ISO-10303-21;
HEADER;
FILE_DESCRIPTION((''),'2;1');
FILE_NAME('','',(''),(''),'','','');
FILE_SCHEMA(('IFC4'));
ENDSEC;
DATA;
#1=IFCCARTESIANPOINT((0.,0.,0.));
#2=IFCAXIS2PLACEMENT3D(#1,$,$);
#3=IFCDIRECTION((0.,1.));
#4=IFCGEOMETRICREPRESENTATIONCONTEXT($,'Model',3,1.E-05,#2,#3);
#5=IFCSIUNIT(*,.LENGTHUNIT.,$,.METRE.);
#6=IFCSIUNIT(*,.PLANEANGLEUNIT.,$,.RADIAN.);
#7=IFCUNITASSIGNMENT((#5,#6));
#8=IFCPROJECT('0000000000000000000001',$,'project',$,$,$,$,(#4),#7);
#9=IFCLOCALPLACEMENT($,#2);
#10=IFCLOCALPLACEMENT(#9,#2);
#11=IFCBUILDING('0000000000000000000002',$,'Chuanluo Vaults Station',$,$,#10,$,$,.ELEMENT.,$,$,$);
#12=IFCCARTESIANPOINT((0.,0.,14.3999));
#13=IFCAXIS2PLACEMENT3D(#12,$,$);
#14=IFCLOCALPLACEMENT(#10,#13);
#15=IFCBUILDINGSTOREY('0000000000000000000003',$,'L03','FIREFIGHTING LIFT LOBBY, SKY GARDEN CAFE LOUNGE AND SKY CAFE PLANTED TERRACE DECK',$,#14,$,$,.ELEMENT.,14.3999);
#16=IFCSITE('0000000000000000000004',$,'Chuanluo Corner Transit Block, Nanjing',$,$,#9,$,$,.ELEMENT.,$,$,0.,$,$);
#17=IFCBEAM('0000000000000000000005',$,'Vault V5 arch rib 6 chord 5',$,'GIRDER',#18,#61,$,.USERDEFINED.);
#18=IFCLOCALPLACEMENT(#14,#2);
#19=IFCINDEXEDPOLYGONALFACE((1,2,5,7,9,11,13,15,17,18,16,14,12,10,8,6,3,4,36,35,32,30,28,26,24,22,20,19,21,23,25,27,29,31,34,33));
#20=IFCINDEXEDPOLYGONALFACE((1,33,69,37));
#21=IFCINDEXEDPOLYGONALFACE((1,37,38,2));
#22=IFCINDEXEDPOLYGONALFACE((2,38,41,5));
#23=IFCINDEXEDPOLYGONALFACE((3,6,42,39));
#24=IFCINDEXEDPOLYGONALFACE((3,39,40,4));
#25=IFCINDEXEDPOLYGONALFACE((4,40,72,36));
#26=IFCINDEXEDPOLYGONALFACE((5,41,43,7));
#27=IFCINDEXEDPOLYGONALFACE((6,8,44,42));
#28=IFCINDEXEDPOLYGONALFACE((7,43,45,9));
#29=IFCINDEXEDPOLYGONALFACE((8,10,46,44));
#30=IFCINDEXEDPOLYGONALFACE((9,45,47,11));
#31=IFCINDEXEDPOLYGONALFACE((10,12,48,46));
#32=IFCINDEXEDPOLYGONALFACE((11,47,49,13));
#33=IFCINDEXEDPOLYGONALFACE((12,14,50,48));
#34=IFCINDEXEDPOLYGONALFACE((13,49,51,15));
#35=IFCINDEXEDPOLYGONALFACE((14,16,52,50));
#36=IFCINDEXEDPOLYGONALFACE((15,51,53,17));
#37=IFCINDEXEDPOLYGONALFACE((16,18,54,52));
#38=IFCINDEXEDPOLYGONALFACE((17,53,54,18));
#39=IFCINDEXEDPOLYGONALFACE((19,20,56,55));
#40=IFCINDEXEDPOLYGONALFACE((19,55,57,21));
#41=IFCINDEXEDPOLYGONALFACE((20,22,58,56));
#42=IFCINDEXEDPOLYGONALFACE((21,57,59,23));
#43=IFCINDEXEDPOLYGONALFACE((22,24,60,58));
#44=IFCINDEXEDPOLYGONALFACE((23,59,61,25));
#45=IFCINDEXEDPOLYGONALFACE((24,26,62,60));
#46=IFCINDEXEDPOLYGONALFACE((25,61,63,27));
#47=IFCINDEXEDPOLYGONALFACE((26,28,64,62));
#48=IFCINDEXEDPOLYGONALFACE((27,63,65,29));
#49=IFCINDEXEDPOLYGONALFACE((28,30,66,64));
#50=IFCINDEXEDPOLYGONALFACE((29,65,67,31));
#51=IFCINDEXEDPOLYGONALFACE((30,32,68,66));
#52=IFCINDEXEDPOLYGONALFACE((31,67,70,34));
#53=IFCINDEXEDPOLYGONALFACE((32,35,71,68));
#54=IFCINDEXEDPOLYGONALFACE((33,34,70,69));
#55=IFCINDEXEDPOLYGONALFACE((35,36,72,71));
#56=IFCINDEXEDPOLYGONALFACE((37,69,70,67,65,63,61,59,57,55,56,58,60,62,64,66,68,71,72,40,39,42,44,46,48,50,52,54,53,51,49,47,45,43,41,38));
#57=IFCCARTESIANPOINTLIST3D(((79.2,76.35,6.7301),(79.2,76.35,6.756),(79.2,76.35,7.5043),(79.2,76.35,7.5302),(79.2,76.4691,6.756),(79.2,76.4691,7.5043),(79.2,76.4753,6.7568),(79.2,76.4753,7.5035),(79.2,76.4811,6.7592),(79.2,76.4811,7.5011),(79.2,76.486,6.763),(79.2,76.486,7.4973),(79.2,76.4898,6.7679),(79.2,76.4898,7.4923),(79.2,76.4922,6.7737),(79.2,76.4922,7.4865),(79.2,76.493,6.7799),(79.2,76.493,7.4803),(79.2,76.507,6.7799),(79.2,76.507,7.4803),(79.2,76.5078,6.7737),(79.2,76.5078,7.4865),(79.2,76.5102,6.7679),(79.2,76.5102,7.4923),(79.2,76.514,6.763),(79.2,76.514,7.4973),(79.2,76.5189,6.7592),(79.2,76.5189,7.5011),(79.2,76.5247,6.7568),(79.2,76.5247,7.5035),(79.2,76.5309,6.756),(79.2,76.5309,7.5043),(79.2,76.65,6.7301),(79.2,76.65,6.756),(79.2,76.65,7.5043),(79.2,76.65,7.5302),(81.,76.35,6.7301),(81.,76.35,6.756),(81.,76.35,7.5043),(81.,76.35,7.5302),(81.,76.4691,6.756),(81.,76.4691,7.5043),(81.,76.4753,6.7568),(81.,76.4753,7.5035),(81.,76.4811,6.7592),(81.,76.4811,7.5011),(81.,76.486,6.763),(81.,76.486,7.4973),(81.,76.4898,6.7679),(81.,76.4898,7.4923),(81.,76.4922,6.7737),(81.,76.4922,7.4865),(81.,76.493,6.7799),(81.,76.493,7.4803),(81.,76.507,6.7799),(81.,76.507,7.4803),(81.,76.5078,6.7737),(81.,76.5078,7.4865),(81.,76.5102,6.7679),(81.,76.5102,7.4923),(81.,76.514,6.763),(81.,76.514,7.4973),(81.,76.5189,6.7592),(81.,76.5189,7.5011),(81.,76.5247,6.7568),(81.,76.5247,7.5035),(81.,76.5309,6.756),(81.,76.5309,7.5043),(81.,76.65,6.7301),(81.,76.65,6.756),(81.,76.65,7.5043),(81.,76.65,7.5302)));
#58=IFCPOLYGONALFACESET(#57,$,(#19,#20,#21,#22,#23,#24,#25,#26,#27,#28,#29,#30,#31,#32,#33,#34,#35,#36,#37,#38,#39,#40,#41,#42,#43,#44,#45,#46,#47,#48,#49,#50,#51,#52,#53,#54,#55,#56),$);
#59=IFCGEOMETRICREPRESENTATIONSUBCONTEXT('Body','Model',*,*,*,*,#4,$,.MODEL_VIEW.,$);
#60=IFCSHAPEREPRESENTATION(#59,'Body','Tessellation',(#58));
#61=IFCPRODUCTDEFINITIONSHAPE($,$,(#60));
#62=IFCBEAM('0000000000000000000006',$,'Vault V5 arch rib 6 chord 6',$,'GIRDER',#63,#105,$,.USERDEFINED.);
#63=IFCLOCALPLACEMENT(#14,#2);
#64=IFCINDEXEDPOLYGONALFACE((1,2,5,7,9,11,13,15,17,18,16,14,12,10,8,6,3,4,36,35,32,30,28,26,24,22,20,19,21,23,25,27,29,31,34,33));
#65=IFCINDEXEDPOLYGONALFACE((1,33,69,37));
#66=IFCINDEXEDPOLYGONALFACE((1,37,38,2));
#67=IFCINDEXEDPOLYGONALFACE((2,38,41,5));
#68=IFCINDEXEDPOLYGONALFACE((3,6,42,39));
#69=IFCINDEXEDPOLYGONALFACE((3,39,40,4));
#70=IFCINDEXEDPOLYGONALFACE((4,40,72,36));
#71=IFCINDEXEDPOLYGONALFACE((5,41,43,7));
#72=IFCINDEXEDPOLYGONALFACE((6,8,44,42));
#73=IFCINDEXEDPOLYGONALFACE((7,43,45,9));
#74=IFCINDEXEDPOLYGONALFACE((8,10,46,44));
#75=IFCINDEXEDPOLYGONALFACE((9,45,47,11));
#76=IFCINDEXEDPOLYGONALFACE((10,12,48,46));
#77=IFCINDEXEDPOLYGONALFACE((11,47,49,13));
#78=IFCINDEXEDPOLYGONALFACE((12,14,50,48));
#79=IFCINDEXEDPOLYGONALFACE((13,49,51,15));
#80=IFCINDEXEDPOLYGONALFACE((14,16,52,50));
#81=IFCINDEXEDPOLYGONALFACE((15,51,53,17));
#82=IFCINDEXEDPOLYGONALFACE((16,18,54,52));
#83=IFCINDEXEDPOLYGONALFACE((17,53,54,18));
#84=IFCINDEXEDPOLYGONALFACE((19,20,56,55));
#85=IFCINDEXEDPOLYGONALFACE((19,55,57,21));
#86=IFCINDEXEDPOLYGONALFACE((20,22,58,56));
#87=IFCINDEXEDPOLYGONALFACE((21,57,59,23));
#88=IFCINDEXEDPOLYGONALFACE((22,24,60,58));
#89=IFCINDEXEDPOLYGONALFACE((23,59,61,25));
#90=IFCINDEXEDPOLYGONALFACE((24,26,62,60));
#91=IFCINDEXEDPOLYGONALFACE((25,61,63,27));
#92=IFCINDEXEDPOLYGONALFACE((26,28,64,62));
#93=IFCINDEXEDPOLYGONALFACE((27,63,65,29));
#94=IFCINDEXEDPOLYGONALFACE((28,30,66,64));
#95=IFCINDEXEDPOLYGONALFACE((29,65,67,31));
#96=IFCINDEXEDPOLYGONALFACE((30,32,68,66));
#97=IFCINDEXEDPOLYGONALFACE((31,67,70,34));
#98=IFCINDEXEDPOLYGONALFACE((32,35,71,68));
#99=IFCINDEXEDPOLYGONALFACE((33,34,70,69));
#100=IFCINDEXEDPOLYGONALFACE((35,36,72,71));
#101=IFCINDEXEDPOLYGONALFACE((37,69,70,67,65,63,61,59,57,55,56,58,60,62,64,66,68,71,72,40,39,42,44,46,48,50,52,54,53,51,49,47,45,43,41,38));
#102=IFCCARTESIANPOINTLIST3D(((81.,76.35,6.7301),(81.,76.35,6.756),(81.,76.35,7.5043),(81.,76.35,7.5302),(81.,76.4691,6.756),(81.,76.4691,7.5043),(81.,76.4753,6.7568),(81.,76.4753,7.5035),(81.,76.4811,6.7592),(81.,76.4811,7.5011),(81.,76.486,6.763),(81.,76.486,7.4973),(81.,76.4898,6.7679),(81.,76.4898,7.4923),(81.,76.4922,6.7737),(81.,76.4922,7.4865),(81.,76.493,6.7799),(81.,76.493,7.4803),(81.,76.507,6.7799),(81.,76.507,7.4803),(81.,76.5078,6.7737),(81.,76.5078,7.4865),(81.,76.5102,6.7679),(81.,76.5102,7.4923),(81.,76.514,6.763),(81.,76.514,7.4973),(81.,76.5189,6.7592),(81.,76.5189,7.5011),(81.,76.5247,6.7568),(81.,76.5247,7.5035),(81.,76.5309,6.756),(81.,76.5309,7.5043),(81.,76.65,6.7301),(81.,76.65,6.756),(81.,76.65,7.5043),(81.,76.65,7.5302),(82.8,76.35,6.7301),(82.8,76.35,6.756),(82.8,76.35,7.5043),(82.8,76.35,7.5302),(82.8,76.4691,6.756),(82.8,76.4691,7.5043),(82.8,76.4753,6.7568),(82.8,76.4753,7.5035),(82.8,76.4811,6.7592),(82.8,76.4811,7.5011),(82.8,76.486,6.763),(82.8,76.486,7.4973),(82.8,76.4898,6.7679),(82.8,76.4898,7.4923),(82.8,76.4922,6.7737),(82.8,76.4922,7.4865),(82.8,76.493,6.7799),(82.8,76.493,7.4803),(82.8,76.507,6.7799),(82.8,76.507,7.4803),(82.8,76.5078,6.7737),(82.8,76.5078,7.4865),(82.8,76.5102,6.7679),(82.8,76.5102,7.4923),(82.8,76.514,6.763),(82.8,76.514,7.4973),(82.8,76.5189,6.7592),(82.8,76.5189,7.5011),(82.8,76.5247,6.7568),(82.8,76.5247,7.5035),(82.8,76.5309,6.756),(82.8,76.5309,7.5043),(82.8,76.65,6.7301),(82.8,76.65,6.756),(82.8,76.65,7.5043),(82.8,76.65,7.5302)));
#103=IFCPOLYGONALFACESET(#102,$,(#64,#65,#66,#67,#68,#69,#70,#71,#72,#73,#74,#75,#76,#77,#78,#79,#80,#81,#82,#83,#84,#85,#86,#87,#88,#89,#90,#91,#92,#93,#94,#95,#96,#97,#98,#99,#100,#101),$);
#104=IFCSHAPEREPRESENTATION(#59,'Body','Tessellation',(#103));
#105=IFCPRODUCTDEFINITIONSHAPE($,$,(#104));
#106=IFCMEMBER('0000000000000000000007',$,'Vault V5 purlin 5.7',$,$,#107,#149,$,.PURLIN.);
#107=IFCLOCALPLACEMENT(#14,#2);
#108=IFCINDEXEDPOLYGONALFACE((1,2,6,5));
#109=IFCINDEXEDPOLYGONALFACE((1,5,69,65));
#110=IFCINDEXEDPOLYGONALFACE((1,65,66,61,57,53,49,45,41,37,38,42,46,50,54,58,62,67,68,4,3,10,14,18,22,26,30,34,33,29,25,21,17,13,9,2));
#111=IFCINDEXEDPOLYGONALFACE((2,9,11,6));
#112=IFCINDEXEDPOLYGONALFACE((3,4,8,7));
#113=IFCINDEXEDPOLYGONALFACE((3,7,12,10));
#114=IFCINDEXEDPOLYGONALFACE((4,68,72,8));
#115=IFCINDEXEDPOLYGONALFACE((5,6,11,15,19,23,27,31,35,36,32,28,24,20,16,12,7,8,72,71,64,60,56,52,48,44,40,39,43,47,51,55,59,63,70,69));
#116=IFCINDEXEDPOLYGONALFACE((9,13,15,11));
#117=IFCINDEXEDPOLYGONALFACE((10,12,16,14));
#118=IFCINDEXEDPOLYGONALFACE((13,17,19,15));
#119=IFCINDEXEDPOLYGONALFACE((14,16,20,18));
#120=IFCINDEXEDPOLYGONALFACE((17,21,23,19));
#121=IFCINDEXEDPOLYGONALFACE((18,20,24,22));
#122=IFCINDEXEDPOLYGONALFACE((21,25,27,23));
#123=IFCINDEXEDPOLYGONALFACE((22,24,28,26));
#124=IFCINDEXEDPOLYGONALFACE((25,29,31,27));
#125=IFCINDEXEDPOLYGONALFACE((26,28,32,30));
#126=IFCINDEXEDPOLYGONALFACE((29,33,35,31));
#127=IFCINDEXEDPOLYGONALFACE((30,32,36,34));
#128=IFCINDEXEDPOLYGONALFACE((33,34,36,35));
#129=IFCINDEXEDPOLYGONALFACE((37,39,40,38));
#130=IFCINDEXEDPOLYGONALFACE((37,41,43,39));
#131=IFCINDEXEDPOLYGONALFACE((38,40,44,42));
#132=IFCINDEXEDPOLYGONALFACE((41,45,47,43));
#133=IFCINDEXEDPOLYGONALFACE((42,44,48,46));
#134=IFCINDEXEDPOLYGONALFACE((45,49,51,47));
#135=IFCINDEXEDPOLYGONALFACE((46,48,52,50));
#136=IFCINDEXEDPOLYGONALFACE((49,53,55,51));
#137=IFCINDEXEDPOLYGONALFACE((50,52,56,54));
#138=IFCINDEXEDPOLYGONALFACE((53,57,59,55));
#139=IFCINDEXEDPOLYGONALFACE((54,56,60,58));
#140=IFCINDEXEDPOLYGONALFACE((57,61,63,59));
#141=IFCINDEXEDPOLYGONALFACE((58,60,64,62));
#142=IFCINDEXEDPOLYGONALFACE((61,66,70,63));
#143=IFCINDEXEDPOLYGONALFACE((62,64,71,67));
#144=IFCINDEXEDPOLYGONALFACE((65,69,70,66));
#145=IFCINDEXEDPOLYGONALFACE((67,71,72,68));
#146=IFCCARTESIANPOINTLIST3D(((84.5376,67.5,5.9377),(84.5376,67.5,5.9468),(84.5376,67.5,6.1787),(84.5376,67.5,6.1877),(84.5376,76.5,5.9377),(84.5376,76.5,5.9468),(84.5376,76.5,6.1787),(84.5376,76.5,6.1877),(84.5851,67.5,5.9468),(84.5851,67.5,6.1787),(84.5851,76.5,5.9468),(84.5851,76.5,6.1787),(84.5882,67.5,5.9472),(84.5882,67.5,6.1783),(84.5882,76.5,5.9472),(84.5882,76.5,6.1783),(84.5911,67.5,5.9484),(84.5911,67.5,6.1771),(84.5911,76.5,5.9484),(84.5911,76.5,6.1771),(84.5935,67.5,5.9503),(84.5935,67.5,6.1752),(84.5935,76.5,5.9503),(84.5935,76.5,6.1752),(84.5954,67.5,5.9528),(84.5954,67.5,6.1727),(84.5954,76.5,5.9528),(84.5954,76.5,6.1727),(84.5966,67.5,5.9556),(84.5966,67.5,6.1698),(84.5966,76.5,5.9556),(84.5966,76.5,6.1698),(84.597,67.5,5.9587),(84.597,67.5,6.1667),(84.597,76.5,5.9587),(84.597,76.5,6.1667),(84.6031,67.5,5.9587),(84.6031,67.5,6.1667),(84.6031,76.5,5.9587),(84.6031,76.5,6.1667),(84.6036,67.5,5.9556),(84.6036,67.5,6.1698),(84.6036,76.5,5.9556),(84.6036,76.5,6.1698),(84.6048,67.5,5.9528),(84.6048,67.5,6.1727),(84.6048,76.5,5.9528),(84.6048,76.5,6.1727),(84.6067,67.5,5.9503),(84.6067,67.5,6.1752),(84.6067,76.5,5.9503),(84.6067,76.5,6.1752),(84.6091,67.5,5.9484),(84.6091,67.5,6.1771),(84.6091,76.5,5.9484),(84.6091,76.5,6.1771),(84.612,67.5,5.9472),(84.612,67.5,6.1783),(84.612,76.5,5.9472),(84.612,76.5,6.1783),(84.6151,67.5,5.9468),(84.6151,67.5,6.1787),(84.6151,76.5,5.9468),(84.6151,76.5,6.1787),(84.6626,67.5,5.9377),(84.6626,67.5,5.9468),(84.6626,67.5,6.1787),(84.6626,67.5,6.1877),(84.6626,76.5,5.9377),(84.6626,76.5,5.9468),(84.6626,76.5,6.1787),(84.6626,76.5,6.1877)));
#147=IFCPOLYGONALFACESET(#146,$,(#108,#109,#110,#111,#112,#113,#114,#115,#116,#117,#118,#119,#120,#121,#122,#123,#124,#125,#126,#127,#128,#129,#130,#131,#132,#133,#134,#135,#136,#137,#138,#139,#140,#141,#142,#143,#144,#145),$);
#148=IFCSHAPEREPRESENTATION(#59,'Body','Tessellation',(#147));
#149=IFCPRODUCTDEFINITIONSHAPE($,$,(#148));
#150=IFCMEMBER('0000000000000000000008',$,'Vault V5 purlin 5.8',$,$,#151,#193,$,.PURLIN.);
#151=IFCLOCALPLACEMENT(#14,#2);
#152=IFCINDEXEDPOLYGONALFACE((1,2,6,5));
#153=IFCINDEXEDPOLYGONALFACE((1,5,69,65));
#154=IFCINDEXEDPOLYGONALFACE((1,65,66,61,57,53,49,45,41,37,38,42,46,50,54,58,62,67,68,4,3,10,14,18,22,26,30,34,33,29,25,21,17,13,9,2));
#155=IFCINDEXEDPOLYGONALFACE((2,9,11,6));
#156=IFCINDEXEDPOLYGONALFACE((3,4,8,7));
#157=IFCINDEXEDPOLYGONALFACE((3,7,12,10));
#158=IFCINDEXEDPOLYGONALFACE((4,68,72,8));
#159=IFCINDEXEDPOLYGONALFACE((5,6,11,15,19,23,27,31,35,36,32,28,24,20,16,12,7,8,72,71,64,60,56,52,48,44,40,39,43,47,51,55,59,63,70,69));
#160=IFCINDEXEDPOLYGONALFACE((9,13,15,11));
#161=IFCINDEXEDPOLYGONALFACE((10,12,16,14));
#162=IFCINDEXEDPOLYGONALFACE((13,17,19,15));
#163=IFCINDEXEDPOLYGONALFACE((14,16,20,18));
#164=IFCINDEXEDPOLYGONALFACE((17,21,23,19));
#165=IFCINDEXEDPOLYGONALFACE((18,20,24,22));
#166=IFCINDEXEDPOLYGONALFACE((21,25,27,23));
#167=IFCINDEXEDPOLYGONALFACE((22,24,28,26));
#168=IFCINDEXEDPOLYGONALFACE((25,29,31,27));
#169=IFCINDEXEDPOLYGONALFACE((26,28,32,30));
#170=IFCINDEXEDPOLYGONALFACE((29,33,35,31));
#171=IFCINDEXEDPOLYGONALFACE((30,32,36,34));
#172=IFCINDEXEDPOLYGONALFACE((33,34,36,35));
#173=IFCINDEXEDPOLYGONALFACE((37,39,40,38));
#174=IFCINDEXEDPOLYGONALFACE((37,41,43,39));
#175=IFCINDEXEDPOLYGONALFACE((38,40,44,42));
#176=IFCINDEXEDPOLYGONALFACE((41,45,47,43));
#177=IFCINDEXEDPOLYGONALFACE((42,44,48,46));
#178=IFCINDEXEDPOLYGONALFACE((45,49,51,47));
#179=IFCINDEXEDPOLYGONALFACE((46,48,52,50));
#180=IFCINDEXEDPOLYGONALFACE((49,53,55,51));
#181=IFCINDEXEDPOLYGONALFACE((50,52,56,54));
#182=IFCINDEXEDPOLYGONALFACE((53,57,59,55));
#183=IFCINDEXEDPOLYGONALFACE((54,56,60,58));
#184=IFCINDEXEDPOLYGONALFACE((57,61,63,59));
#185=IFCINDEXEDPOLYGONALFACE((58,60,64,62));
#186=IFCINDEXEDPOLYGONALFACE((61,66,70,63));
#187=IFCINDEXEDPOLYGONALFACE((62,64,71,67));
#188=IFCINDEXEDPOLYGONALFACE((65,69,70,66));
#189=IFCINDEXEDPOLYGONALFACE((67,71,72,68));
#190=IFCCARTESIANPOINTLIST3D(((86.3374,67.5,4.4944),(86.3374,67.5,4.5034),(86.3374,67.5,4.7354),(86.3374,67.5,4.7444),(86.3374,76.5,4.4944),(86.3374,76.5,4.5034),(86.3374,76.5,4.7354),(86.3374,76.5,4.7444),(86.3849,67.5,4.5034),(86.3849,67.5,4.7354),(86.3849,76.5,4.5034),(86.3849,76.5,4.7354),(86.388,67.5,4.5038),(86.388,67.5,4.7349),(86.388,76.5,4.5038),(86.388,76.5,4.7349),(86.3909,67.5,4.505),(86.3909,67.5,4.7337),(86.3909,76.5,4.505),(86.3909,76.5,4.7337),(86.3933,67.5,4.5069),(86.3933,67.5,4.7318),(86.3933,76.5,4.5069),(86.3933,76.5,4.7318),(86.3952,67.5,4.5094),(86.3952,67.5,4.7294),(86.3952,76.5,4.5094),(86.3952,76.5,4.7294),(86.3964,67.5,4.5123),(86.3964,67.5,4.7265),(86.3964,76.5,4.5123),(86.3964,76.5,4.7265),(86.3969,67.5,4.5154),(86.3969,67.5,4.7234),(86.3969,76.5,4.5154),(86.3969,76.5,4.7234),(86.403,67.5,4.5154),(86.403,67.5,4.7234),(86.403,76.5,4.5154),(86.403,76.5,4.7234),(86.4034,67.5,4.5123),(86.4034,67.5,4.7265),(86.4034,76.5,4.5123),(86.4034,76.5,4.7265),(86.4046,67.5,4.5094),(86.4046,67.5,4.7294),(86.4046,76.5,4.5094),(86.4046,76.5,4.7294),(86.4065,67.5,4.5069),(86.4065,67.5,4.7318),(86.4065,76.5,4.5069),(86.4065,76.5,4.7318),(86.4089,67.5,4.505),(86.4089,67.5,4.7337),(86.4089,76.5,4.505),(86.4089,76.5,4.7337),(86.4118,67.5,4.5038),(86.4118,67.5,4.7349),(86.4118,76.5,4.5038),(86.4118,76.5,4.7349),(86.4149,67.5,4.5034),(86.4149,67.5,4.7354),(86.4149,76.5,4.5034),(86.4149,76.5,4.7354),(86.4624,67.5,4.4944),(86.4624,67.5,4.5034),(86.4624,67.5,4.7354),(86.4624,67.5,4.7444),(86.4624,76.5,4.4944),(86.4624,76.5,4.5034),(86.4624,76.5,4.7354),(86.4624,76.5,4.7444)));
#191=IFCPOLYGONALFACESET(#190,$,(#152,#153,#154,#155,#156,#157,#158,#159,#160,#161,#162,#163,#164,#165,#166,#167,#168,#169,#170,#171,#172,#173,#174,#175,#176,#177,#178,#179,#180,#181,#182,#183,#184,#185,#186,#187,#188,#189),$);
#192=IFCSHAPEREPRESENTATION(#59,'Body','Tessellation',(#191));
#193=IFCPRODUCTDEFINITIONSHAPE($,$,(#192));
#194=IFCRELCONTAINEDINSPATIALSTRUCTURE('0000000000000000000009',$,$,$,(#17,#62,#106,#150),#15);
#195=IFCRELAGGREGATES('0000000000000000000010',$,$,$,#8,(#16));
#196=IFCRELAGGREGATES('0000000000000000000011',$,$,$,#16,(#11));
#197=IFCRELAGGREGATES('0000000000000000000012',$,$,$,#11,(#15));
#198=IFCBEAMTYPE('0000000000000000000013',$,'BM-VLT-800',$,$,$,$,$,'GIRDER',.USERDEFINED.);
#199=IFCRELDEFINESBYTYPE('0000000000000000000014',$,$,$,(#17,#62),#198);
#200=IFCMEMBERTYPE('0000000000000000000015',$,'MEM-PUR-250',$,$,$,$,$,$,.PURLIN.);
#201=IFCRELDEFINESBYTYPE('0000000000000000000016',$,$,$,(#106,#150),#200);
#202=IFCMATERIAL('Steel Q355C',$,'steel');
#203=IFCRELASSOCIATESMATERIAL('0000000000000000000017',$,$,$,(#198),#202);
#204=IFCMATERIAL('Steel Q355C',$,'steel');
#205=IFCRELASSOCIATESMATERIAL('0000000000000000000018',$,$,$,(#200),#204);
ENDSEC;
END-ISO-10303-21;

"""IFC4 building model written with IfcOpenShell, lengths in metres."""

from ifc_helpers import new_model, si_unit, direction, frame, origin, origin_2d, place, context, subcontext, project, spatial, i_section, extrude, material, material_profile, profile_set, type_object, element, save


model = new_model("IFC4")

# Units and contexts
model_context = context("Model", 3, precision=1e-05, world=origin(), true_north=direction((0.0, 1.0)))
body_context = subcontext(model_context, "Body", "Model", "MODEL_VIEW")
ifc_project = project(units=[si_unit("LENGTHUNIT", "METRE"), si_unit("PLANEANGLEUNIT", "RADIAN")], contexts=[model_context])

# Site, building, storey
site_placement = place(None, origin())
site = spatial("IfcSite", under=ifc_project, at=site_placement, Name="Chuanluo Corner Transit Block, Nanjing", CompositionType="ELEMENT", RefElevation=0.0)
building_placement = place(site_placement, origin())
building = spatial("IfcBuilding", under=site, at=building_placement, Name="Chuanluo Vaults Station", CompositionType="ELEMENT")
storey_placement = place(building_placement, frame((0.0, 0.0, 14.3999)))
storey = spatial("IfcBuildingStorey", under=building, at=storey_placement, Name="L03", Description="FIREFIGHTING LIFT LOBBY, SKY GARDEN CAFE LOUNGE AND SKY CAFE PLANTED TERRACE DECK", CompositionType="ELEMENT", Elevation=14.3999)

# Beams
ifc_material_1 = material(Name="Steel Q355C", Category="steel")
ifc_material_profile_1 = material_profile(ifc_material_1, i_section(OverallWidth=0.3, OverallDepth=0.8, WebThickness=0.0139, FlangeThickness=0.0259, FilletRadius=0.0239, at=origin_2d()))
ifc_profile_set_1 = profile_set([ifc_material_profile_1], Name="Steel Q355C")
beam_type_1 = type_object("IfcBeamType", Name="BM-VLT-800", ElementType="GIRDER", PredefinedType="USERDEFINED", material=ifc_profile_set_1)
for number, where, z_axis, x_axis, name in (
    (1, (79.2, 76.5, 7.1301), (1.0, 0.0, 0.0), (0.0, 1.0, 0.0), "Vault V5 arch rib 6 chord 5"),
    (2, (81.0, 76.5, 7.1301), (1.0, 0.0, 0.0), (0.0, 1.0, 0.0), "Vault V5 arch rib 6 chord 6"),
):
    element("IfcBeam", number, at=place(storey_placement, frame(where, z_axis=z_axis, x_axis=x_axis)), inside=storey, type_object=beam_type_1, Name=name, ObjectType="GIRDER", PredefinedType="USERDEFINED", context=body_context, shape_type="SweptSolid", body=[
        extrude(i_section(OverallWidth=0.3, OverallDepth=0.8, WebThickness=0.0139, FlangeThickness=0.0259, FilletRadius=0.0239, at=origin_2d()), origin(), (0.0, 0.0, 1.0), 1.8),
    ])

# Members
ifc_material_2 = material(Name="Steel Q355C", Category="steel")
ifc_material_profile_2 = material_profile(ifc_material_2, i_section(OverallWidth=0.125, OverallDepth=0.25, WebThickness=0.0061, FlangeThickness=0.009, FilletRadius=0.012, at=origin_2d()))
ifc_profile_set_2 = profile_set([ifc_material_profile_2], Name="Steel Q355C")
member_type_1 = type_object("IfcMemberType", Name="MEM-PUR-250", PredefinedType="PURLIN", material=ifc_profile_set_2)
for number, where, z_axis, x_axis, name in (
    (3, (84.6001, 67.5, 6.0627), (0.0, 1.0, 0.0), (-1.0, 0.0, 0.0), "Vault V5 purlin 5.7"),
    (4, (86.3999, 67.5, 4.6194), (0.0, 1.0, 0.0), (-1.0, 0.0, 0.0), "Vault V5 purlin 5.8"),
):
    element("IfcMember", number, at=place(storey_placement, frame(where, z_axis=z_axis, x_axis=x_axis)), inside=storey, type_object=member_type_1, Name=name, PredefinedType="PURLIN", context=body_context, shape_type="SweptSolid", body=[
        extrude(i_section(OverallWidth=0.125, OverallDepth=0.25, WebThickness=0.0061, FlangeThickness=0.009, FilletRadius=0.012, at=origin_2d()), origin(), (0.0, 0.0, 1.0), 9.0),
    ])

save(model, "model.ifc")
